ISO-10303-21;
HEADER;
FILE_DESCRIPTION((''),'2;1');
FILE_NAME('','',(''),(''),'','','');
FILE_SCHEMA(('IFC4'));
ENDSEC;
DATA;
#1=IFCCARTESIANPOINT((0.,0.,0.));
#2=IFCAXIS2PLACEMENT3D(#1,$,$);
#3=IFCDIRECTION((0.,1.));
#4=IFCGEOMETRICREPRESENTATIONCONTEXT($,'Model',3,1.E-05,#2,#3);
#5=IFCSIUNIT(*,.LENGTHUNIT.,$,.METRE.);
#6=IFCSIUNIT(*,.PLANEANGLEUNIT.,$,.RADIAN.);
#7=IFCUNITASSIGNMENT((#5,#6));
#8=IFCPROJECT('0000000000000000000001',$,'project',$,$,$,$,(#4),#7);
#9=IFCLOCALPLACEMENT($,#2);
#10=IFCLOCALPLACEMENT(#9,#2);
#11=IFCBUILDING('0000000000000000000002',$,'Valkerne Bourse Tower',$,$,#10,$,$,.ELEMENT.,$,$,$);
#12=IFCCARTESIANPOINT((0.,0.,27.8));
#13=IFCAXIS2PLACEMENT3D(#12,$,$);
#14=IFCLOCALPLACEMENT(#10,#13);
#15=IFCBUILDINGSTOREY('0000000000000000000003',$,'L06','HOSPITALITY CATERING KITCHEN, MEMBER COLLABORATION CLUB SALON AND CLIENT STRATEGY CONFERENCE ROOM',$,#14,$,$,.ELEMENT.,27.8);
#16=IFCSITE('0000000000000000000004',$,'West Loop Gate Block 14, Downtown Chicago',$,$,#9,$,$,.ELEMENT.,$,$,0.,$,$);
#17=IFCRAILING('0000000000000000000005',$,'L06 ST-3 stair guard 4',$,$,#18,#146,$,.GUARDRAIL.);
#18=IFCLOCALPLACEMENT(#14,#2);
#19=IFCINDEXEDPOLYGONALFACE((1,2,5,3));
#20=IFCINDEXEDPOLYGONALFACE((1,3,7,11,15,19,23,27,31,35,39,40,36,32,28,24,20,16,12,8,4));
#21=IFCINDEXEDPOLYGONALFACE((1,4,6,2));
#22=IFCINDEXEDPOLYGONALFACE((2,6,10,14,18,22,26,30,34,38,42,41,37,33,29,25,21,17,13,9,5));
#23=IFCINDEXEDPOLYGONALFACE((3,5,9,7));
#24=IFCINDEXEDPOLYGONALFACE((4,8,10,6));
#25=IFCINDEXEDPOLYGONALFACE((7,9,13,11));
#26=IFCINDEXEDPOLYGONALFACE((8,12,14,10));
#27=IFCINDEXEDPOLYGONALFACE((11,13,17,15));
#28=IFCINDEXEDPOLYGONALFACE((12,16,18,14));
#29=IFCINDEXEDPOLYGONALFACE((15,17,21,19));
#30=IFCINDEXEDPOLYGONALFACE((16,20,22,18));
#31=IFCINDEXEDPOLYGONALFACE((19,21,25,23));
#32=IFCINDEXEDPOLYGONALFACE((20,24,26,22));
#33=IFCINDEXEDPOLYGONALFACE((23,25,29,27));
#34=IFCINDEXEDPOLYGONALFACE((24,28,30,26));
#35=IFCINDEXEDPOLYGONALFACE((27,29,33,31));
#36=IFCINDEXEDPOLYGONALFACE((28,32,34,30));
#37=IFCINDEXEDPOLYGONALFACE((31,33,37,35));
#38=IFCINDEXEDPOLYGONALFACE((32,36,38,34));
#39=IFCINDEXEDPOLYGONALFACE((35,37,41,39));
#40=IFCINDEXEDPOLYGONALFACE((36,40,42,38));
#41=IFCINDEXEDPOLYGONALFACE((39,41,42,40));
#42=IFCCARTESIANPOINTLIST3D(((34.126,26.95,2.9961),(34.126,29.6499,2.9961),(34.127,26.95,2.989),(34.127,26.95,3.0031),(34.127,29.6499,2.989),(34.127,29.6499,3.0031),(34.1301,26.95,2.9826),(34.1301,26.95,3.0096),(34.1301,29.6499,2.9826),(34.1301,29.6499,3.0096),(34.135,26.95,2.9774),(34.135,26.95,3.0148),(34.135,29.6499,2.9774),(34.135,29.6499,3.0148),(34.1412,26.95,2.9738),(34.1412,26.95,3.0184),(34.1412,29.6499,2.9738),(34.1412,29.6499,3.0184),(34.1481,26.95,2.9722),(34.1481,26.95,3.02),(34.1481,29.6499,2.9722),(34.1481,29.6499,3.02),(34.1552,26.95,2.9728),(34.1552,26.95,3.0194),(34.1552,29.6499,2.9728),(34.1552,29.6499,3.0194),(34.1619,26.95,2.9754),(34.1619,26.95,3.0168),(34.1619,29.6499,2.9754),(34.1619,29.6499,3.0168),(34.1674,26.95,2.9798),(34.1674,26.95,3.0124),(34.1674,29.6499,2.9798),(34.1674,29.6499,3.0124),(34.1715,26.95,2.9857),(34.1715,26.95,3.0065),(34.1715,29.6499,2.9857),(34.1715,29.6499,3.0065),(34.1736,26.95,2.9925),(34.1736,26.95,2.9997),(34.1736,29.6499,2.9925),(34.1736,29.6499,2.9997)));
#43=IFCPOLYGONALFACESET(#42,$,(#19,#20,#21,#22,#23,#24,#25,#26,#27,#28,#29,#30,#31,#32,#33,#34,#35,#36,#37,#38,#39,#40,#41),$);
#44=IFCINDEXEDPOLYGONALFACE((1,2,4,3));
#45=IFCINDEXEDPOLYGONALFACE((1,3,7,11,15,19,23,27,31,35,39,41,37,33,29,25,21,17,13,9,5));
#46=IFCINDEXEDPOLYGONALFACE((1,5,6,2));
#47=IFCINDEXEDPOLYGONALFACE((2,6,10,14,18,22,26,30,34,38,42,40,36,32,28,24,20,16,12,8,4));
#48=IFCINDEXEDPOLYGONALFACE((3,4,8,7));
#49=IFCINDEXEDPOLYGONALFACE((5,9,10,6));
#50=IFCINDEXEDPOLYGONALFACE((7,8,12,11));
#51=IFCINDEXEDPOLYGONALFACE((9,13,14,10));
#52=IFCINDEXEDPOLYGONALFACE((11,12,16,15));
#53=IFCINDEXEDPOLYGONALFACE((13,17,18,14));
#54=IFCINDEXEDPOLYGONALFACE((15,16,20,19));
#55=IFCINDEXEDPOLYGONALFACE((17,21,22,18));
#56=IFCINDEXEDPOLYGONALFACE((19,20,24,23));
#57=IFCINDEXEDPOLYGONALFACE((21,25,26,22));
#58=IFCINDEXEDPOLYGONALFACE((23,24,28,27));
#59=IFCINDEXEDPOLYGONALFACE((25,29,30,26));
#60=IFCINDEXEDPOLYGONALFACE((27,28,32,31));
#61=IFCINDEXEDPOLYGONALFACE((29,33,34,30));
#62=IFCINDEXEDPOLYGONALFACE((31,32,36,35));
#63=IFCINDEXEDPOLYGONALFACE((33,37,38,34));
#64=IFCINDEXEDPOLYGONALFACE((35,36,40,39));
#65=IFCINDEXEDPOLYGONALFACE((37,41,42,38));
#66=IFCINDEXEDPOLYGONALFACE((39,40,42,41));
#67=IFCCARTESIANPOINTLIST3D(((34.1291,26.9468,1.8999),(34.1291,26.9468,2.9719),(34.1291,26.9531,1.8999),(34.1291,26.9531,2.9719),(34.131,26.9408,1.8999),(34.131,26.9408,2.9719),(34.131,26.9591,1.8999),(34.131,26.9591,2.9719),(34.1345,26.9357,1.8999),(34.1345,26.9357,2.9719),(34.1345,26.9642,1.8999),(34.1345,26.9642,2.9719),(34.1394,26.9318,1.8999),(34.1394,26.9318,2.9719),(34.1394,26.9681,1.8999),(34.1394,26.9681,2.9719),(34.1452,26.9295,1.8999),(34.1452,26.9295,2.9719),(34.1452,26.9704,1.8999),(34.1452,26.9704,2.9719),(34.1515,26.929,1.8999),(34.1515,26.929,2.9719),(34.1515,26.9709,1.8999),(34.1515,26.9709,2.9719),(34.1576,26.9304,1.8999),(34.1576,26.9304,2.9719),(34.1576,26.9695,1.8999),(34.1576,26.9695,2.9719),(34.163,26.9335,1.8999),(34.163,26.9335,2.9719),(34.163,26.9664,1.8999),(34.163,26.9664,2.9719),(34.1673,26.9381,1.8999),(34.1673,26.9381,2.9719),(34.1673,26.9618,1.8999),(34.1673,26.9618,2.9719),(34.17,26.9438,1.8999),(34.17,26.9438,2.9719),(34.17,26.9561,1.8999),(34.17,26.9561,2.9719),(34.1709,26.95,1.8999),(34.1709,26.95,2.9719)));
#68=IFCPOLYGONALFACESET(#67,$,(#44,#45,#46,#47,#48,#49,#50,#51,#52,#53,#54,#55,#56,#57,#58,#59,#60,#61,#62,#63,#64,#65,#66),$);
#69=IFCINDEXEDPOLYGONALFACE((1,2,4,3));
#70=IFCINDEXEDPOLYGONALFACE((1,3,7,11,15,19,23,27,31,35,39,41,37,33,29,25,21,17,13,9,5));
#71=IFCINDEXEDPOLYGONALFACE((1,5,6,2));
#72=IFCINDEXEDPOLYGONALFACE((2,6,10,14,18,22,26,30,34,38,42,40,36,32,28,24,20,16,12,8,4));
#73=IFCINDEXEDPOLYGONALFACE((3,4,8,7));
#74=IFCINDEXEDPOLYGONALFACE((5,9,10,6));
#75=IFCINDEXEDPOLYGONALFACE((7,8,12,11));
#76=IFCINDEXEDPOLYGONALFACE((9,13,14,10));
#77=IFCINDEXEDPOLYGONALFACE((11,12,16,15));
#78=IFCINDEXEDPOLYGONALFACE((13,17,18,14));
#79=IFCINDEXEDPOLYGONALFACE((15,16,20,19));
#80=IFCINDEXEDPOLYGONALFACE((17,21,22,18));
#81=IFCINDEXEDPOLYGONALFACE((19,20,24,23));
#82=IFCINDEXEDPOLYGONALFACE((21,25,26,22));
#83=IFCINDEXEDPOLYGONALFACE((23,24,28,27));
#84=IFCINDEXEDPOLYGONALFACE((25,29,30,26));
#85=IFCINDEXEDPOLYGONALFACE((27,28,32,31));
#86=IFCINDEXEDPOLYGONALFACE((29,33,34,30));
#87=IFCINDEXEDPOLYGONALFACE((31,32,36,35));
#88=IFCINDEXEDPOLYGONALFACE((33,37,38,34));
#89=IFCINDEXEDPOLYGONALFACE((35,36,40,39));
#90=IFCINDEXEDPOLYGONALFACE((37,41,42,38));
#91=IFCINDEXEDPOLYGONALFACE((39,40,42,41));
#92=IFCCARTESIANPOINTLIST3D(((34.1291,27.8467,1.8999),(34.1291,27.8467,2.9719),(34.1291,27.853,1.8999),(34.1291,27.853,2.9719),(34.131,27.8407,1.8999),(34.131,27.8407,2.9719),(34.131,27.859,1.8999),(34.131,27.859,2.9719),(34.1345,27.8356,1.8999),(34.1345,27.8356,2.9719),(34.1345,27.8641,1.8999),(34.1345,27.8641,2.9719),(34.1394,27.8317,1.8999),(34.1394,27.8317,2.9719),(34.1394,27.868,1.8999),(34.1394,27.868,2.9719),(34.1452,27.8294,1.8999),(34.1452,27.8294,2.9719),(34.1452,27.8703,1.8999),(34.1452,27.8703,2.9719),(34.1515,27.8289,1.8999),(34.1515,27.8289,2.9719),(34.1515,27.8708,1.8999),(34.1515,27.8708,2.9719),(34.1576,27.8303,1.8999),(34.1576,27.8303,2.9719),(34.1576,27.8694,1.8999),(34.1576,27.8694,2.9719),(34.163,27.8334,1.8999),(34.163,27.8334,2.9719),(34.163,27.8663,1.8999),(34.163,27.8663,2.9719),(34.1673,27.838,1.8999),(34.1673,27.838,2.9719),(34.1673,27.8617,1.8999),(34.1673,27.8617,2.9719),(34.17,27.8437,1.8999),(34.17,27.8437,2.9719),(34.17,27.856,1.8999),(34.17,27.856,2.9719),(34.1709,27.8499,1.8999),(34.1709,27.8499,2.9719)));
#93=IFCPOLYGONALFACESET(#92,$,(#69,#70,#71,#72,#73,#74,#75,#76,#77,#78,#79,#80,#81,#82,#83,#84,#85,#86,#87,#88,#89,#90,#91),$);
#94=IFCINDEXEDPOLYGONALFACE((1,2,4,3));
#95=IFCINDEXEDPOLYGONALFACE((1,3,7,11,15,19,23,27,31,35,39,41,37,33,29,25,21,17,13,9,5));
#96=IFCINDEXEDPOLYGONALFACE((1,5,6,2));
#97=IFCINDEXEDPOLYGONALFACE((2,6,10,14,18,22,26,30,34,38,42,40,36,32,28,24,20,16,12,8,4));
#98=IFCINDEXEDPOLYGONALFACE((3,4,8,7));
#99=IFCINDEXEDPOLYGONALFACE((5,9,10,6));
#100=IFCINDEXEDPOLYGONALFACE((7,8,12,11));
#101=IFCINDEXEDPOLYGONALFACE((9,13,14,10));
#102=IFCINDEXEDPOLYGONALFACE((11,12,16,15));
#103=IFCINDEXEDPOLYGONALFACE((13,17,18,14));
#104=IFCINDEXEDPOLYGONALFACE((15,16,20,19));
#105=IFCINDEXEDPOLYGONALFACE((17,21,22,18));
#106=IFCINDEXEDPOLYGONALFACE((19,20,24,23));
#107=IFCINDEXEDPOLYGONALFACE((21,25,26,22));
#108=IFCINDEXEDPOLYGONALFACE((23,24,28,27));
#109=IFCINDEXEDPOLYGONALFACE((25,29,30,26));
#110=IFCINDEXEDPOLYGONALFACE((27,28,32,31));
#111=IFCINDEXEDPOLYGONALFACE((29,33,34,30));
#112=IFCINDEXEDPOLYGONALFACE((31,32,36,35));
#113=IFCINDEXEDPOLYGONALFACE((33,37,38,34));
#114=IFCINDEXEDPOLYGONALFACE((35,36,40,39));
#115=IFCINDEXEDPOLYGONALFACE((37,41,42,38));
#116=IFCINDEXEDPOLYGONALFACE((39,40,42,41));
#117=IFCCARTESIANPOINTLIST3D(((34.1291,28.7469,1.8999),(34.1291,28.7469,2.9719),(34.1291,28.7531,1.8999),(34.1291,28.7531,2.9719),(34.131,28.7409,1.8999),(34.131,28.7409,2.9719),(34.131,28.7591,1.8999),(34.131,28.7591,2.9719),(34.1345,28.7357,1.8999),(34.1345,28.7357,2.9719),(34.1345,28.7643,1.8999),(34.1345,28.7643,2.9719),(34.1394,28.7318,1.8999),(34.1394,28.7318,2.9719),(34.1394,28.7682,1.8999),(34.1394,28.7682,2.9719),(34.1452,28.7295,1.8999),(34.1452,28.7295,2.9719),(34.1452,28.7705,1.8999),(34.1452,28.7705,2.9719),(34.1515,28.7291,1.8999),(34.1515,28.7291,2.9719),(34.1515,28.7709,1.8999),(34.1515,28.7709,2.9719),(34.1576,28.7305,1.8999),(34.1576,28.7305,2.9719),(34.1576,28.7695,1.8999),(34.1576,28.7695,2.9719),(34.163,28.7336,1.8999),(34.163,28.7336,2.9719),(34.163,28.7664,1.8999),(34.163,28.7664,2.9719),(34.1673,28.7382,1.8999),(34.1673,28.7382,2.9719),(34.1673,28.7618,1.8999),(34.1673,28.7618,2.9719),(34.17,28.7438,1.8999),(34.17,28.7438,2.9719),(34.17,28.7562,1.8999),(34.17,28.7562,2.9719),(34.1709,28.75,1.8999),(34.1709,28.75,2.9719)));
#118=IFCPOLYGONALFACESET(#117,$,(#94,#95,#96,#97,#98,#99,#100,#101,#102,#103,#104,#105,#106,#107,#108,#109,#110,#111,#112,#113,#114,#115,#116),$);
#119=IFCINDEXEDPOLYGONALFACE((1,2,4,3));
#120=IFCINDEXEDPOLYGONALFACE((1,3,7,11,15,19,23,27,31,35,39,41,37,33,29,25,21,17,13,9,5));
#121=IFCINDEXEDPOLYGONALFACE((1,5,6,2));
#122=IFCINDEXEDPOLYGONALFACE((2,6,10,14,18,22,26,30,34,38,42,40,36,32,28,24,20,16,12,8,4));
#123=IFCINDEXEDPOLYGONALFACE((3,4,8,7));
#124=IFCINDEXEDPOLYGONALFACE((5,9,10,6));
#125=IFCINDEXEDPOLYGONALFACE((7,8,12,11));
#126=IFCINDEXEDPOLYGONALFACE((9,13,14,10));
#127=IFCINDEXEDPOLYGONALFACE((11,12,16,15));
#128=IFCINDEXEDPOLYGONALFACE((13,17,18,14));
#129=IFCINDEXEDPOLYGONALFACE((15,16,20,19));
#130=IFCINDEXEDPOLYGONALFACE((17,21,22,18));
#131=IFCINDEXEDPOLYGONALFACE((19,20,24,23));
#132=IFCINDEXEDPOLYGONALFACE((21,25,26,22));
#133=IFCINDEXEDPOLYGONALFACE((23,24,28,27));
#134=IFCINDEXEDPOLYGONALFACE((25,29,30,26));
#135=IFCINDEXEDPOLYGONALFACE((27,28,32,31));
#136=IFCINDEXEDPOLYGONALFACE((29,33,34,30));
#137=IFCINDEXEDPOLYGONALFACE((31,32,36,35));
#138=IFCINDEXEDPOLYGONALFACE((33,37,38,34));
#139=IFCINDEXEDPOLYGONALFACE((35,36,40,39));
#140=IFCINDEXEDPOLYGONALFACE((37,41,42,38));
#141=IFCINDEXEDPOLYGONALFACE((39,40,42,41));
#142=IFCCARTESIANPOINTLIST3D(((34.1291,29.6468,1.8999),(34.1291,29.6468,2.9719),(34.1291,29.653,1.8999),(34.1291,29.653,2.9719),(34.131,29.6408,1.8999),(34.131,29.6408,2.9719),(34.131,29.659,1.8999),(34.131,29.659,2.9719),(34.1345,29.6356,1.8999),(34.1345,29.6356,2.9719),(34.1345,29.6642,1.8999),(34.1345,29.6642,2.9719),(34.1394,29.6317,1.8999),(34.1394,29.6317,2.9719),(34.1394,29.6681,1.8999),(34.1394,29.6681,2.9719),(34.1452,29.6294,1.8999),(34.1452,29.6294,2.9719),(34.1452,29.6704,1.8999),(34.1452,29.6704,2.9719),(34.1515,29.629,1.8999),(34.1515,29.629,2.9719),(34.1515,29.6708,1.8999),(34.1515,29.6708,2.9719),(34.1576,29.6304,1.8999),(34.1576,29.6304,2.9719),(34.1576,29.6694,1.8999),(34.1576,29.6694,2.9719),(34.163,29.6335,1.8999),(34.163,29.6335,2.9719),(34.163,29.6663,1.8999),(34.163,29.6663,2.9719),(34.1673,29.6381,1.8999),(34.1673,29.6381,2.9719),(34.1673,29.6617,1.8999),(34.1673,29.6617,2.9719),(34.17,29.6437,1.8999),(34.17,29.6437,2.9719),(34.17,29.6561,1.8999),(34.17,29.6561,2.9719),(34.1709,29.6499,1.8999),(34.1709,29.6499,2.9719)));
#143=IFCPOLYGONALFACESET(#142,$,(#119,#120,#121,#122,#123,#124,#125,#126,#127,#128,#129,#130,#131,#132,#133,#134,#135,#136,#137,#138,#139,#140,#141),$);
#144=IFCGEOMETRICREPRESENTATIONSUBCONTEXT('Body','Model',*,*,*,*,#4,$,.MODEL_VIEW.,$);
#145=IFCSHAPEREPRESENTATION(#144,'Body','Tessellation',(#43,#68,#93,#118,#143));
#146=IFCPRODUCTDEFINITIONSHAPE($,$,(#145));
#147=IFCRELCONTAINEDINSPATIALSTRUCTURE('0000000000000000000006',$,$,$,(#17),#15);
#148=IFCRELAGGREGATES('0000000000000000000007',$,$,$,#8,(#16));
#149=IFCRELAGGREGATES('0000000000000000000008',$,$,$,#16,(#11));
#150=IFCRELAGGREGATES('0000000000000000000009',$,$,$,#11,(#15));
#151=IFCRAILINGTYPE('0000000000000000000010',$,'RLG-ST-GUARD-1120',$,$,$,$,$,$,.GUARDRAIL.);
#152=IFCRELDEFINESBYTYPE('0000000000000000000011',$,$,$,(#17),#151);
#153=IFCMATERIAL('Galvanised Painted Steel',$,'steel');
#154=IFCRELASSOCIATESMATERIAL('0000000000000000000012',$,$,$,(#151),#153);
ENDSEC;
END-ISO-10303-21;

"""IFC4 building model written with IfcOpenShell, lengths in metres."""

from ifc_helpers import new_model, si_unit, direction, frame, origin, origin_2d, place, context, subcontext, project, spatial, circle, extrude, material, type_object, element, save


model = new_model("IFC4")

# Units and contexts
model_context = context("Model", 3, precision=1e-05, world=origin(), true_north=direction((0.0, 1.0)))
body_context = subcontext(model_context, "Body", "Model", "MODEL_VIEW")
ifc_project = project(units=[si_unit("LENGTHUNIT", "METRE"), si_unit("PLANEANGLEUNIT", "RADIAN")], contexts=[model_context])

# Site, building, storey
site_placement = place(None, origin())
site = spatial("IfcSite", under=ifc_project, at=site_placement, Name="West Loop Gate Block 14, Downtown Chicago", CompositionType="ELEMENT", RefElevation=0.0)
building_placement = place(site_placement, origin())
building = spatial("IfcBuilding", under=site, at=building_placement, Name="Valkerne Bourse Tower", CompositionType="ELEMENT")
storey_placement = place(building_placement, frame((0.0, 0.0, 27.8)))
storey = spatial("IfcBuildingStorey", under=building, at=storey_placement, Name="L06", Description="HOSPITALITY CATERING KITCHEN, MEMBER COLLABORATION CLUB SALON AND CLIENT STRATEGY CONFERENCE ROOM", CompositionType="ELEMENT", Elevation=27.8)

# Railing
ifc_material_1 = material(Name="Galvanised Painted Steel", Category="steel")
railing_type_1 = type_object("IfcRailingType", Name="RLG-ST-GUARD-1120", PredefinedType="GUARDRAIL", material=ifc_material_1)
for number, where, name in (
    (1, (34.1499, 26.95, 1.8999), "L06 ST-3 stair guard 4"),
):
    element("IfcRailing", number, at=place(storey_placement, frame(where)), inside=storey, type_object=railing_type_1, Name=name, PredefinedType="GUARDRAIL", context=body_context, shape_type="SweptSolid", body=[
        extrude(circle(Radius=0.0239, at=origin_2d()), frame((0.0, 0.0, 1.0962), z_axis=(0.0, 1.0, 0.0), x_axis=(-1.0, 0.0, 0.0)), (0.0, 0.0, 1.0), 2.7),
        extrude(circle(Radius=0.021, at=origin_2d()), origin(), (0.0, 0.0, 1.0), 1.072),
        extrude(circle(Radius=0.021, at=origin_2d()), frame((0.0, 0.8999, 0.0)), (0.0, 0.0, 1.0), 1.072),
        extrude(circle(Radius=0.021, at=origin_2d()), frame((0.0, 1.8, 0.0)), (0.0, 0.0, 1.0), 1.072),
        extrude(circle(Radius=0.021, at=origin_2d()), frame((0.0, 2.7, 0.0)), (0.0, 0.0, 1.0), 1.072),
    ])

save(model, "model.ifc")
